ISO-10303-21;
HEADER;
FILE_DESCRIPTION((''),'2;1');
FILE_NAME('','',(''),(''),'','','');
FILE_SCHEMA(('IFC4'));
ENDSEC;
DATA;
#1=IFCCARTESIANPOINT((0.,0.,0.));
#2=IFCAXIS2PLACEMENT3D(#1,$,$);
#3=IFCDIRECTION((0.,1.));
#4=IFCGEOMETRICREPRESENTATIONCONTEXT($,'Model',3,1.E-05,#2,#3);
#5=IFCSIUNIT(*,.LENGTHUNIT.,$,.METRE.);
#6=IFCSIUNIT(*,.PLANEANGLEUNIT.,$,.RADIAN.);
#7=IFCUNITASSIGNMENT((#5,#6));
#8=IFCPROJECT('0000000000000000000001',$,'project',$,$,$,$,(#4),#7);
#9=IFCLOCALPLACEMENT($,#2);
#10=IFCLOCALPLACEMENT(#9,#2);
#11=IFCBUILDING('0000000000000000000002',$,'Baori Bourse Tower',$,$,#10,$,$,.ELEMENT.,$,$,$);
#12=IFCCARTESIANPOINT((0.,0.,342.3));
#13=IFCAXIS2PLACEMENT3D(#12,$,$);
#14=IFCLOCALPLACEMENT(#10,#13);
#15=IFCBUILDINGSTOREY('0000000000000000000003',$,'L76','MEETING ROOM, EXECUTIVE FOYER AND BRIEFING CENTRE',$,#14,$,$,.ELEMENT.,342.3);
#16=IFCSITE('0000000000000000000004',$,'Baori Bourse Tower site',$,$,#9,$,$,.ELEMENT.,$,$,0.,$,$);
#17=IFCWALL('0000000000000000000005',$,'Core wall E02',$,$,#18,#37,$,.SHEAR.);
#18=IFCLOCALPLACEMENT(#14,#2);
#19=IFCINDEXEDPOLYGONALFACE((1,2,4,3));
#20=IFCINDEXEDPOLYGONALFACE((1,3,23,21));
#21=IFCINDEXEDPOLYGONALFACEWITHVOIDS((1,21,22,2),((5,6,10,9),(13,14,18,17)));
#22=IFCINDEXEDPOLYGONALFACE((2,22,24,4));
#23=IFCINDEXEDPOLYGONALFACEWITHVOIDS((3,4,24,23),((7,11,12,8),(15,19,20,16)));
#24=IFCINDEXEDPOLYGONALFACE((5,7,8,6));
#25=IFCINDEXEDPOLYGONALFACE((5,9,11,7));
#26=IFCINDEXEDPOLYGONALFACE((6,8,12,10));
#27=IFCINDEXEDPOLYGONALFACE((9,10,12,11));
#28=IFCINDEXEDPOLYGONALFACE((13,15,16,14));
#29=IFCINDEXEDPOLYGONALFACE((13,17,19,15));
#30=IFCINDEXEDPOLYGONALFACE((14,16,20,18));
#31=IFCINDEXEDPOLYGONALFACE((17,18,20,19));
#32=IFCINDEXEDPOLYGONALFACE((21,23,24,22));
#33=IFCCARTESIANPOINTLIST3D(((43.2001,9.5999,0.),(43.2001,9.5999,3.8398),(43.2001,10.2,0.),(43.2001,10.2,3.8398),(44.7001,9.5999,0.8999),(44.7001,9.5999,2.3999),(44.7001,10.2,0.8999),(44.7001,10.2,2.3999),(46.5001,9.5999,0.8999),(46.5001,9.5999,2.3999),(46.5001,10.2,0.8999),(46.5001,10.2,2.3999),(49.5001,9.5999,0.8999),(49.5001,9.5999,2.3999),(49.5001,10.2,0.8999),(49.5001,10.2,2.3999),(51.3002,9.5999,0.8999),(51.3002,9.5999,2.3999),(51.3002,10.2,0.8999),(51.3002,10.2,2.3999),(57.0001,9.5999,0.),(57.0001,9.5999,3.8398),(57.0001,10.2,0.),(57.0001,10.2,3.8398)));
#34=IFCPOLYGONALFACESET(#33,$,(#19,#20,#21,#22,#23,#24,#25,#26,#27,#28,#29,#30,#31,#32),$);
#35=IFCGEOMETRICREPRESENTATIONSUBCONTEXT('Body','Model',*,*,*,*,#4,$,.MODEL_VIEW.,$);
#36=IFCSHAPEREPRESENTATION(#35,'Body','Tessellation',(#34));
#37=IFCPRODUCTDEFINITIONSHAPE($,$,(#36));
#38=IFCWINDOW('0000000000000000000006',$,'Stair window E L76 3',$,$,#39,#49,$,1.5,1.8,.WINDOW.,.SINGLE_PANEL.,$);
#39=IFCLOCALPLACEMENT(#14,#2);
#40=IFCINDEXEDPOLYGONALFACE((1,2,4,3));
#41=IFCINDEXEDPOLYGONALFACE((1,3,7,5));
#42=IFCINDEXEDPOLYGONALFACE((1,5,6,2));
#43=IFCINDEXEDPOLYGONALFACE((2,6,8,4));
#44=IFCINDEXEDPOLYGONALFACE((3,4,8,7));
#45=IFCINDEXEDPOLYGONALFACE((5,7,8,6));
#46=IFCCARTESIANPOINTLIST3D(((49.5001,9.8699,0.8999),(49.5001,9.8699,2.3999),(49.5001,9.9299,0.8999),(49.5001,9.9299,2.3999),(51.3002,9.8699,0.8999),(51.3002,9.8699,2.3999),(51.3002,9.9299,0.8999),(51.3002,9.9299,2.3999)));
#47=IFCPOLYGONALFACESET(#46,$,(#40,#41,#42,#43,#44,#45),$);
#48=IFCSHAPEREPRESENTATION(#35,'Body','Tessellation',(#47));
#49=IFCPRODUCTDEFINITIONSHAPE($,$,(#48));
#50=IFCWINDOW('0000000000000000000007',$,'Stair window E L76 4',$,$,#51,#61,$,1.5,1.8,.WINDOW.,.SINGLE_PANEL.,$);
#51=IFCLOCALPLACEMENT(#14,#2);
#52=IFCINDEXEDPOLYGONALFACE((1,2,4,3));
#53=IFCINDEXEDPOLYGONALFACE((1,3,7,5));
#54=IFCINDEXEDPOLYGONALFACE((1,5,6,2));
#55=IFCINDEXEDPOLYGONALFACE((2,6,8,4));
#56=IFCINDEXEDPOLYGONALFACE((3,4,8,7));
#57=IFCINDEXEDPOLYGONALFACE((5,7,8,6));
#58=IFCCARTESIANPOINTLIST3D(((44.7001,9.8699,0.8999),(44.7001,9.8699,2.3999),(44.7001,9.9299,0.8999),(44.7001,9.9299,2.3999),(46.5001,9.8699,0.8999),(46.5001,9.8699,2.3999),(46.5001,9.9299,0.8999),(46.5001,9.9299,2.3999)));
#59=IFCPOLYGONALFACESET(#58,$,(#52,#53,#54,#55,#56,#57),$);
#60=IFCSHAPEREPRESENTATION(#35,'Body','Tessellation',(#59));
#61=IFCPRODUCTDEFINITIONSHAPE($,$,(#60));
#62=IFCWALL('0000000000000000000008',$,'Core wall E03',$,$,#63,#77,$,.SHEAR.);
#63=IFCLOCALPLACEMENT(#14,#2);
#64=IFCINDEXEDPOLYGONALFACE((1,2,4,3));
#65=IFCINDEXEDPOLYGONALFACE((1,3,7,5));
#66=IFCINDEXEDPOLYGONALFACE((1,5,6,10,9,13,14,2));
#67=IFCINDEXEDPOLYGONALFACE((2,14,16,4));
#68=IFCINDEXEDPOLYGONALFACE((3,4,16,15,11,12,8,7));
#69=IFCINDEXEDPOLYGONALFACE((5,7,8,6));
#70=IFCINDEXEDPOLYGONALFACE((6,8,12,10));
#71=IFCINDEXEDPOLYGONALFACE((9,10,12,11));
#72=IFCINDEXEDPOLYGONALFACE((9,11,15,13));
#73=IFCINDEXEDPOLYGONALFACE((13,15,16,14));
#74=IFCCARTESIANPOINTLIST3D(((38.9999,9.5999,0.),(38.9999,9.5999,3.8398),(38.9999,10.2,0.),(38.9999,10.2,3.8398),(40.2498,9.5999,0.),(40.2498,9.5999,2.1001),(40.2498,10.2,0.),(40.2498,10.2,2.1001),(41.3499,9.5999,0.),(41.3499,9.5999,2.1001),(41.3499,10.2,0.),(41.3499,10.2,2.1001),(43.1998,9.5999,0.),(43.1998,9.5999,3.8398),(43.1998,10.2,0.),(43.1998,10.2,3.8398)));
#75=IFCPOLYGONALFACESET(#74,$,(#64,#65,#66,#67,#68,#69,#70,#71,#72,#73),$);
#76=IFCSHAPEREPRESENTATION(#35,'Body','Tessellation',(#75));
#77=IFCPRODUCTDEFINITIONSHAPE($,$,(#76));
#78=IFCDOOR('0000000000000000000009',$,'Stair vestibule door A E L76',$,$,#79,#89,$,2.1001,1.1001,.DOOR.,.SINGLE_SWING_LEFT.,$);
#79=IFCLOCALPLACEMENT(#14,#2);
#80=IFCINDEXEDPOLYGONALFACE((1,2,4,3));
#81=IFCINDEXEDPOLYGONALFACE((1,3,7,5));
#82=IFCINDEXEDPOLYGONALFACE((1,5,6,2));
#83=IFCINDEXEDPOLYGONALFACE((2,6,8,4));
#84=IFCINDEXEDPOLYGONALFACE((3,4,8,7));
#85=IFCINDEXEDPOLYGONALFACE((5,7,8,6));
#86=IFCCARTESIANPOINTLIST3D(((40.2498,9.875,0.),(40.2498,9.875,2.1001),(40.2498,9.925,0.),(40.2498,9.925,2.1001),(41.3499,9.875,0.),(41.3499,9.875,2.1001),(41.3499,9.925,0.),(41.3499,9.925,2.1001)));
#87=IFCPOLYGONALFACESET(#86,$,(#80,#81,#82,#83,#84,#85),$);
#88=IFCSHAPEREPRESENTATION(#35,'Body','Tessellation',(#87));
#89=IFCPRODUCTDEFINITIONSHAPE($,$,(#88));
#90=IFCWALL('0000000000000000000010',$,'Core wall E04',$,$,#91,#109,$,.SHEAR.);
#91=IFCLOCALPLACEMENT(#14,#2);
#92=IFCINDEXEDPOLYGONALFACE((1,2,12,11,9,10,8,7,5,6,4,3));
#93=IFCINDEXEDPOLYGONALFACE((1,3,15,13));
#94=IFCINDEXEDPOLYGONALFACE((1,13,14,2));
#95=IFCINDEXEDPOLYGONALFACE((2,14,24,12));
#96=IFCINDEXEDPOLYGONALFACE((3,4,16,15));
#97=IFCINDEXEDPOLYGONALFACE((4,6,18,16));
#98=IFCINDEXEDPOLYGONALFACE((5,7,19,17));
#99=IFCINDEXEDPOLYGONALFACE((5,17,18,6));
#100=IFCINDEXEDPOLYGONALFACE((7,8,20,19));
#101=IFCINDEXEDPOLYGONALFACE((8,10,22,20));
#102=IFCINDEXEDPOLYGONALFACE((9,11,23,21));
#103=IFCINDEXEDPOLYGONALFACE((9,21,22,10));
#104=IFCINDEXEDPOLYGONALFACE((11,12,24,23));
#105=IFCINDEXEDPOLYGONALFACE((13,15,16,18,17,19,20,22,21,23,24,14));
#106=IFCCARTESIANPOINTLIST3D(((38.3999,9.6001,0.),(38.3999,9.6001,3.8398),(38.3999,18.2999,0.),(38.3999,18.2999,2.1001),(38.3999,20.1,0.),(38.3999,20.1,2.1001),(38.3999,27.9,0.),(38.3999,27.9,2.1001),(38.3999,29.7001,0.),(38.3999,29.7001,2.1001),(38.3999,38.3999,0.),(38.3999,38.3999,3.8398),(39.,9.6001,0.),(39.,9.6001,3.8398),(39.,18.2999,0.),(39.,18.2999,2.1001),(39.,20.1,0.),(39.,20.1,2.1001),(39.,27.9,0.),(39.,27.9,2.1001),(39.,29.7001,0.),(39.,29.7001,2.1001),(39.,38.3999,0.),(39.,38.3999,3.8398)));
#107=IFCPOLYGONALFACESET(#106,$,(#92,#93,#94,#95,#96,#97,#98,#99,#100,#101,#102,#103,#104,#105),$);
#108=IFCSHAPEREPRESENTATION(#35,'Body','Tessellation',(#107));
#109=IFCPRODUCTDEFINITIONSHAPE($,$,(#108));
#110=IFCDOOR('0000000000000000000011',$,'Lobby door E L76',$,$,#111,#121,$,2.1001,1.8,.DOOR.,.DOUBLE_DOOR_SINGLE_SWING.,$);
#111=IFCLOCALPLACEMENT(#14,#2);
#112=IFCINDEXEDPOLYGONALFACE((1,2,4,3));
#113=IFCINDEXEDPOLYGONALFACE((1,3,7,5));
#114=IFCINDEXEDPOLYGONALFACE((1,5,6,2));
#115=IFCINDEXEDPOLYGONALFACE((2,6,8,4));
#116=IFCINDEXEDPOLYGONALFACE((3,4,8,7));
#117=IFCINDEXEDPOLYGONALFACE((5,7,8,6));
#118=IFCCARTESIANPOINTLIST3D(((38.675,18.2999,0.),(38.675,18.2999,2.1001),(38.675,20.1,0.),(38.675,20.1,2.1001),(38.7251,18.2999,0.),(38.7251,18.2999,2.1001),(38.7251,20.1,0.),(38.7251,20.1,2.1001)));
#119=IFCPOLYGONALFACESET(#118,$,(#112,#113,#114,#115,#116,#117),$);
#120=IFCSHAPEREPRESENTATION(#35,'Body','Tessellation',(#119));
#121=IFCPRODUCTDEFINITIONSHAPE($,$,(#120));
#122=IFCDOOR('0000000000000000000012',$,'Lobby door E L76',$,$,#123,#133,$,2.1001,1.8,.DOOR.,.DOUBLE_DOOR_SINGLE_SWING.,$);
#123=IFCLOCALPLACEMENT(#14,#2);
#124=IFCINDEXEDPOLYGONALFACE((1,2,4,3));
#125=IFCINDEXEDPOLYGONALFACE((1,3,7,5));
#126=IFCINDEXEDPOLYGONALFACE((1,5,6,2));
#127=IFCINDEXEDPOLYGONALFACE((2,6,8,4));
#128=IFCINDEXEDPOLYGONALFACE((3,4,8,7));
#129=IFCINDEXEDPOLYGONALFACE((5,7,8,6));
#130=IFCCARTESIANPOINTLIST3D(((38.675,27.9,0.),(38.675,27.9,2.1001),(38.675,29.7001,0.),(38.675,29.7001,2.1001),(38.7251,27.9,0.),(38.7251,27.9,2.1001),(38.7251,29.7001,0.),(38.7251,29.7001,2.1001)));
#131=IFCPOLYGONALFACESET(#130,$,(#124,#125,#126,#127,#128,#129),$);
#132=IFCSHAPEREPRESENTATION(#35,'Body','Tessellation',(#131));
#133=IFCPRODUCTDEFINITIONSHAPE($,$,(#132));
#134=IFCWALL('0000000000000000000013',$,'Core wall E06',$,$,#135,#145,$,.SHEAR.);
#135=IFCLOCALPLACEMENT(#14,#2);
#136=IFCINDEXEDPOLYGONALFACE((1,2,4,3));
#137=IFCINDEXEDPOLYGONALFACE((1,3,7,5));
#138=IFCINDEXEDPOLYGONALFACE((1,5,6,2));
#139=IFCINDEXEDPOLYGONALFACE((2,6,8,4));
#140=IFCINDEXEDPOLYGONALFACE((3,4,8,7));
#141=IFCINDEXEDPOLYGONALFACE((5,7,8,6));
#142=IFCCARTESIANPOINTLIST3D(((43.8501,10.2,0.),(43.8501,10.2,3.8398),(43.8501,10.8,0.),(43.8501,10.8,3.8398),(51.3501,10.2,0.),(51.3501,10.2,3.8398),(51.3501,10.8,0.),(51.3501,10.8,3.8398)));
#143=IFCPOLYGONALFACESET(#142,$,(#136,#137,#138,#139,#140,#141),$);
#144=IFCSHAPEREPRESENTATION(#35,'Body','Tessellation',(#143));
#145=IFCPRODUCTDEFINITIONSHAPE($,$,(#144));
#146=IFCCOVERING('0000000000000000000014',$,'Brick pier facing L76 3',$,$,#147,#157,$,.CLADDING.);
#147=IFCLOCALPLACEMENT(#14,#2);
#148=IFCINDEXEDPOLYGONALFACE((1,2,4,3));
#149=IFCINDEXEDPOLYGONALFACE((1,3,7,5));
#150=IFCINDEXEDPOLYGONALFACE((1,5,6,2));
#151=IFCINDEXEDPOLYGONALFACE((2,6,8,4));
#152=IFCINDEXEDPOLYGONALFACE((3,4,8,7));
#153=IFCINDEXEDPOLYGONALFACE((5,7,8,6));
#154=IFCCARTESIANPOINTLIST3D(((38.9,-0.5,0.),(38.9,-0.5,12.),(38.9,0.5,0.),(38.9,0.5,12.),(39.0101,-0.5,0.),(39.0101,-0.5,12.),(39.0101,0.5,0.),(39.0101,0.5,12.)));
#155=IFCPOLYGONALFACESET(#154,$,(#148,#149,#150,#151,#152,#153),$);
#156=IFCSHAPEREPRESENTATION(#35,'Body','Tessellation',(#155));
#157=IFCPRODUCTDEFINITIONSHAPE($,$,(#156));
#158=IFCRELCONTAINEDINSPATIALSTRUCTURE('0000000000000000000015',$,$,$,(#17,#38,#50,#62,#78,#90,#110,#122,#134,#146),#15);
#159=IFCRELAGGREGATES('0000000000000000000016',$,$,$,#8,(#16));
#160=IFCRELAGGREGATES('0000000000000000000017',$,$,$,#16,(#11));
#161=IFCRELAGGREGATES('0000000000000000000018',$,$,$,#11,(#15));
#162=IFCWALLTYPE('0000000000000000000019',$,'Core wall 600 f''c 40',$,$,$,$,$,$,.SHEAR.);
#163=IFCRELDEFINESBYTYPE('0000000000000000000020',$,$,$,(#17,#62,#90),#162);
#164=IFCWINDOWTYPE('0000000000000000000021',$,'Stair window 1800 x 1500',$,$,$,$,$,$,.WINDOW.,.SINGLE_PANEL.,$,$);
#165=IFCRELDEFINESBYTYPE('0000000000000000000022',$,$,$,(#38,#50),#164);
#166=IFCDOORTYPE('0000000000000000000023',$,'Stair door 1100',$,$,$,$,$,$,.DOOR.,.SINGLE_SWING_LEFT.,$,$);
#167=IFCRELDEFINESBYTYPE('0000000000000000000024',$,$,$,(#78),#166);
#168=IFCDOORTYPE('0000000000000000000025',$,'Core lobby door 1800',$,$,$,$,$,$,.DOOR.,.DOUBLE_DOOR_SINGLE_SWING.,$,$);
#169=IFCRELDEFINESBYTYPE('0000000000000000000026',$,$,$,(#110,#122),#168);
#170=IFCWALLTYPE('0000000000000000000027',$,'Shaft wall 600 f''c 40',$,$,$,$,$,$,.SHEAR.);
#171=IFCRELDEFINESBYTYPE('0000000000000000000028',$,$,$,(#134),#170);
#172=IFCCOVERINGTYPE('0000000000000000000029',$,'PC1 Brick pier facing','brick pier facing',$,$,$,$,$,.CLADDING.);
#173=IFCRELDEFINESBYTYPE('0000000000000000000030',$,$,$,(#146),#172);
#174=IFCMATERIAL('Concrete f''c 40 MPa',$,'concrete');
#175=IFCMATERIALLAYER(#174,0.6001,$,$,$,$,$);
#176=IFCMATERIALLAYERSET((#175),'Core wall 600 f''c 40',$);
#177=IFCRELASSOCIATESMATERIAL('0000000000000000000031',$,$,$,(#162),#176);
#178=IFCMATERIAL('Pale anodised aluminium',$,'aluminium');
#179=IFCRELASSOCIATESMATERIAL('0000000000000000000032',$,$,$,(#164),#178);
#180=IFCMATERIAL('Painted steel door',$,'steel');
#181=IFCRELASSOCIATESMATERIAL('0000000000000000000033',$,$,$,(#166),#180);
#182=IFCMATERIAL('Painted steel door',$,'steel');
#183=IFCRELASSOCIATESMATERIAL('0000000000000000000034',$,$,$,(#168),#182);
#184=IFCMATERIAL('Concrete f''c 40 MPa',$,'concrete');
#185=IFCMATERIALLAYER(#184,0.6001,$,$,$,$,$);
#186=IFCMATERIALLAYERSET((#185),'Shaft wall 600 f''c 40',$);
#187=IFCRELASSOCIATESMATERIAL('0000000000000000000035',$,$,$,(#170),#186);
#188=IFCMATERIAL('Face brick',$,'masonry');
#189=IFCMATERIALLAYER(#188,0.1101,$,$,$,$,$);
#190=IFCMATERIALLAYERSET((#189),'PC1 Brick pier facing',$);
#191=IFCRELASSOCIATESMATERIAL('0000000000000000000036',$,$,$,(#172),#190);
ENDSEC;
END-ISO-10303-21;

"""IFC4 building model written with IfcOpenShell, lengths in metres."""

from ifc_helpers import new_model, si_unit, direction, frame, frame_2d, origin, origin_2d, place, context, subcontext, project, spatial, rectangle, extrude, material, layer, layer_set, type_object, element, fill, save


model = new_model("IFC4")

# Units and contexts
model_context = context("Model", 3, precision=1e-05, world=origin(), true_north=direction((0.0, 1.0)))
body_context = subcontext(model_context, "Body", "Model", "MODEL_VIEW")
ifc_project = project(units=[si_unit("LENGTHUNIT", "METRE"), si_unit("PLANEANGLEUNIT", "RADIAN")], contexts=[model_context])

# Site, building, storey
site_placement = place(None, origin())
site = spatial("IfcSite", under=ifc_project, at=site_placement, Name="Baori Bourse Tower site", CompositionType="ELEMENT", RefElevation=0.0)
building_placement = place(site_placement, origin())
building = spatial("IfcBuilding", under=site, at=building_placement, Name="Baori Bourse Tower", CompositionType="ELEMENT")
storey_placement = place(building_placement, frame((0.0, 0.0, 342.3)))
storey = spatial("IfcBuildingStorey", under=building, at=storey_placement, Name="L76", Description="MEETING ROOM, EXECUTIVE FOYER AND BRIEFING CENTRE", CompositionType="ELEMENT", Elevation=342.3)

# Wall, openings, windows
ifc_material_1 = material(Name="Concrete f'c 40 MPa", Category="concrete")
ifc_layer_1 = layer(ifc_material_1, 0.6001)
ifc_layer_set_1 = layer_set([ifc_layer_1], Name="Core wall 600 f'c 40")
wall_type_1 = type_object("IfcWallType", Name="Core wall 600 f'c 40", PredefinedType="SHEAR", material=ifc_layer_set_1)
wall_1_placement = place(storey_placement, frame((57.0, 9.8999, 0.0), z_axis=(0.0, 0.0, 1.0), x_axis=(-1.0, 0.0, 0.0)))
wall_1 = element("IfcWall", 1, at=wall_1_placement, inside=storey, type_object=wall_type_1, Name="Core wall E02", PredefinedType="SHEAR", context=body_context, shape_type="SweptSolid", body=[
    extrude(rectangle(XDim=13.8, YDim=0.6001, at=frame_2d((6.8999, 0.0))), origin(), (0.0, 0.0, 1.0), 3.8398),
])
opening_1_placement = place(wall_1_placement, frame((5.7, 0.0, 0.8999)))
opening_1 = element("IfcOpeningElement", 2, at=opening_1_placement, cuts=wall_1, PredefinedType="OPENING", context=body_context, shape_type="SweptSolid", body=[
    extrude(rectangle(XDim=1.8, YDim=1.5, at=frame_2d((0.8999, 0.75))), frame((0.0, 0.3101, 0.0), z_axis=(0.0, -1.0, 0.0), x_axis=(1.0, 0.0, 0.0)), (0.0, 0.0, 1.0), 0.6201),
])
opening_2_placement = place(wall_1_placement, frame((10.5, 0.0, 0.8999)))
opening_2 = element("IfcOpeningElement", 3, at=opening_2_placement, cuts=wall_1, PredefinedType="OPENING", context=body_context, shape_type="SweptSolid", body=[
    extrude(rectangle(XDim=1.8, YDim=1.5, at=frame_2d((0.8999, 0.75))), frame((0.0, 0.3101, 0.0), z_axis=(0.0, -1.0, 0.0), x_axis=(1.0, 0.0, 0.0)), (0.0, 0.0, 1.0), 0.6201),
])
ifc_material_2 = material(Name="Pale anodised aluminium", Category="aluminium")
window_type = type_object("IfcWindowType", Name="Stair window 1800 x 1500", PartitioningType="SINGLE_PANEL", PredefinedType="WINDOW", material=ifc_material_2)
window_1_placement = place(opening_1_placement, origin())
window_1 = element("IfcWindow", 4, at=window_1_placement, inside=storey, type_object=window_type, Name="Stair window E L76 3", OverallHeight=1.5, OverallWidth=1.8, PartitioningType="SINGLE_PANEL", PredefinedType="WINDOW", context=body_context, shape_type="SweptSolid", body=[
    extrude(rectangle(XDim=1.8, YDim=1.5, at=frame_2d((0.8999, 0.75))), frame((0.0, 0.03, 0.0), z_axis=(0.0, -1.0, 0.0), x_axis=(1.0, 0.0, 0.0)), (0.0, 0.0, 1.0), 0.0601),
])
fill(opening_1, window_1)
window_2_placement = place(opening_2_placement, origin())
window_2 = element("IfcWindow", 5, at=window_2_placement, inside=storey, type_object=window_type, Name="Stair window E L76 4", OverallHeight=1.5, OverallWidth=1.8, PartitioningType="SINGLE_PANEL", PredefinedType="WINDOW", context=body_context, shape_type="SweptSolid", body=[
    extrude(rectangle(XDim=1.8, YDim=1.5, at=frame_2d((0.8999, 0.75))), frame((0.0, 0.03, 0.0), z_axis=(0.0, -1.0, 0.0), x_axis=(1.0, 0.0, 0.0)), (0.0, 0.0, 1.0), 0.0601),
])
fill(opening_2, window_2)

# Wall, opening, door
wall_2_placement = place(storey_placement, frame((43.2, 9.8999, 0.0), z_axis=(0.0, 0.0, 1.0), x_axis=(-1.0, 0.0, 0.0)))
wall_2 = element("IfcWall", 6, at=wall_2_placement, inside=storey, type_object=wall_type_1, Name="Core wall E03", PredefinedType="SHEAR", context=body_context, shape_type="SweptSolid", body=[
    extrude(rectangle(XDim=4.2, YDim=0.6001, at=frame_2d((2.1001, 0.0))), origin(), (0.0, 0.0, 1.0), 3.8398),
])
opening_3_placement = place(wall_2_placement, frame((1.8501, 0.0, 0.0)))
opening_3 = element("IfcOpeningElement", 7, at=opening_3_placement, cuts=wall_2, PredefinedType="OPENING", context=body_context, shape_type="SweptSolid", body=[
    extrude(rectangle(XDim=1.1001, YDim=2.1001, at=frame_2d((0.55, 1.05))), frame((0.0, 0.3101, 0.0), z_axis=(0.0, -1.0, 0.0), x_axis=(1.0, 0.0, 0.0)), (0.0, 0.0, 1.0), 0.6201),
])
ifc_material_3 = material(Name="Painted steel door", Category="steel")
door_type_1 = type_object("IfcDoorType", Name="Stair door 1100", OperationType="SINGLE_SWING_LEFT", PredefinedType="DOOR", material=ifc_material_3)
door_1_placement = place(opening_3_placement, origin())
door_1 = element("IfcDoor", 8, at=door_1_placement, inside=storey, type_object=door_type_1, Name="Stair vestibule door A E L76", OperationType="SINGLE_SWING_LEFT", OverallHeight=2.1001, OverallWidth=1.1001, PredefinedType="DOOR", context=body_context, shape_type="SweptSolid", body=[
    extrude(rectangle(XDim=1.1001, YDim=2.1001, at=frame_2d((0.55, 1.05))), frame((0.0, 0.0249, 0.0), z_axis=(0.0, -1.0, 0.0), x_axis=(1.0, 0.0, 0.0)), (0.0, 0.0, 1.0), 0.05),
])
fill(opening_3, door_1)

# Wall, openings, doors
wall_3_placement = place(storey_placement, frame((38.7, 9.6001, 0.0), z_axis=(0.0, 0.0, 1.0), x_axis=(0.0, 1.0, 0.0)))
wall_3 = element("IfcWall", 9, at=wall_3_placement, inside=storey, type_object=wall_type_1, Name="Core wall E04", PredefinedType="SHEAR", context=body_context, shape_type="SweptSolid", body=[
    extrude(rectangle(XDim=28.7998, YDim=0.6001, at=frame_2d((14.3999, 0.0))), origin(), (0.0, 0.0, 1.0), 3.8398),
])
opening_4_placement = place(wall_3_placement, frame((8.7, 0.0, 0.0)))
opening_4 = element("IfcOpeningElement", 10, at=opening_4_placement, cuts=wall_3, PredefinedType="OPENING", context=body_context, shape_type="SweptSolid", body=[
    extrude(rectangle(XDim=1.8, YDim=2.1001, at=frame_2d((0.8999, 1.05))), frame((0.0, 0.3101, 0.0), z_axis=(0.0, -1.0, 0.0), x_axis=(1.0, 0.0, 0.0)), (0.0, 0.0, 1.0), 0.6201),
])
opening_5_placement = place(wall_3_placement, frame((18.3, 0.0, 0.0)))
opening_5 = element("IfcOpeningElement", 11, at=opening_5_placement, cuts=wall_3, PredefinedType="OPENING", context=body_context, shape_type="SweptSolid", body=[
    extrude(rectangle(XDim=1.8, YDim=2.1001, at=frame_2d((0.8999, 1.05))), frame((0.0, 0.3101, 0.0), z_axis=(0.0, -1.0, 0.0), x_axis=(1.0, 0.0, 0.0)), (0.0, 0.0, 1.0), 0.6201),
])
ifc_material_4 = material(Name="Painted steel door", Category="steel")
door_type_2 = type_object("IfcDoorType", Name="Core lobby door 1800", OperationType="DOUBLE_DOOR_SINGLE_SWING", PredefinedType="DOOR", material=ifc_material_4)
door_2_placement = place(opening_4_placement, origin())
door_2 = element("IfcDoor", 12, at=door_2_placement, inside=storey, type_object=door_type_2, Name="Lobby door E L76", OperationType="DOUBLE_DOOR_SINGLE_SWING", OverallHeight=2.1001, OverallWidth=1.8, PredefinedType="DOOR", context=body_context, shape_type="SweptSolid", body=[
    extrude(rectangle(XDim=1.8, YDim=2.1001, at=frame_2d((0.8999, 1.05))), frame((0.0, 0.0249, 0.0), z_axis=(0.0, -1.0, 0.0), x_axis=(1.0, 0.0, 0.0)), (0.0, 0.0, 1.0), 0.05),
])
fill(opening_4, door_2)
door_3_placement = place(opening_5_placement, origin())
door_3 = element("IfcDoor", 13, at=door_3_placement, inside=storey, type_object=door_type_2, Name="Lobby door E L76", OperationType="DOUBLE_DOOR_SINGLE_SWING", OverallHeight=2.1001, OverallWidth=1.8, PredefinedType="DOOR", context=body_context, shape_type="SweptSolid", body=[
    extrude(rectangle(XDim=1.8, YDim=2.1001, at=frame_2d((0.8999, 1.05))), frame((0.0, 0.0249, 0.0), z_axis=(0.0, -1.0, 0.0), x_axis=(1.0, 0.0, 0.0)), (0.0, 0.0, 1.0), 0.05),
])
fill(opening_5, door_3)

# Wall
ifc_material_5 = material(Name="Concrete f'c 40 MPa", Category="concrete")
ifc_layer_2 = layer(ifc_material_5, 0.6001)
ifc_layer_set_2 = layer_set([ifc_layer_2], Name="Shaft wall 600 f'c 40")
wall_type_2 = type_object("IfcWallType", Name="Shaft wall 600 f'c 40", PredefinedType="SHEAR", material=ifc_layer_set_2)
wall_4_placement = place(storey_placement, frame((43.8501, 10.5, 0.0), z_axis=(0.0, 0.0, 1.0), x_axis=(1.0, 0.0, 0.0)))
element("IfcWall", 14, at=wall_4_placement, inside=storey, type_object=wall_type_2, Name="Core wall E06", PredefinedType="SHEAR", context=body_context, shape_type="SweptSolid", body=[
    extrude(rectangle(XDim=7.5, YDim=0.6001, at=frame_2d((3.75, 0.0))), origin(), (0.0, 0.0, 1.0), 3.8398),
])

# Covering
ifc_material_6 = material(Name="Face brick", Category="masonry")
ifc_layer_3 = layer(ifc_material_6, 0.1101)
ifc_layer_set_3 = layer_set([ifc_layer_3], Name="PC1 Brick pier facing")
covering_type = type_object("IfcCoveringType", Name="PC1 Brick pier facing", Description="brick pier facing", PredefinedType="CLADDING", material=ifc_layer_set_3)
covering_placement = place(storey_placement, frame((38.9551, 0.0, 0.0), z_axis=(0.0, 0.0, 1.0), x_axis=(1.0, 0.0, 0.0)))
element("IfcCovering", 15, at=covering_placement, inside=storey, type_object=covering_type, Name="Brick pier facing L76 3", PredefinedType="CLADDING", context=body_context, shape_type="SweptSolid", body=[
    extrude(rectangle(XDim=0.1101, YDim=1.0, at=origin_2d()), origin(), (0.0, 0.0, 1.0), 12.0),
])

save(model, "model.ifc")
